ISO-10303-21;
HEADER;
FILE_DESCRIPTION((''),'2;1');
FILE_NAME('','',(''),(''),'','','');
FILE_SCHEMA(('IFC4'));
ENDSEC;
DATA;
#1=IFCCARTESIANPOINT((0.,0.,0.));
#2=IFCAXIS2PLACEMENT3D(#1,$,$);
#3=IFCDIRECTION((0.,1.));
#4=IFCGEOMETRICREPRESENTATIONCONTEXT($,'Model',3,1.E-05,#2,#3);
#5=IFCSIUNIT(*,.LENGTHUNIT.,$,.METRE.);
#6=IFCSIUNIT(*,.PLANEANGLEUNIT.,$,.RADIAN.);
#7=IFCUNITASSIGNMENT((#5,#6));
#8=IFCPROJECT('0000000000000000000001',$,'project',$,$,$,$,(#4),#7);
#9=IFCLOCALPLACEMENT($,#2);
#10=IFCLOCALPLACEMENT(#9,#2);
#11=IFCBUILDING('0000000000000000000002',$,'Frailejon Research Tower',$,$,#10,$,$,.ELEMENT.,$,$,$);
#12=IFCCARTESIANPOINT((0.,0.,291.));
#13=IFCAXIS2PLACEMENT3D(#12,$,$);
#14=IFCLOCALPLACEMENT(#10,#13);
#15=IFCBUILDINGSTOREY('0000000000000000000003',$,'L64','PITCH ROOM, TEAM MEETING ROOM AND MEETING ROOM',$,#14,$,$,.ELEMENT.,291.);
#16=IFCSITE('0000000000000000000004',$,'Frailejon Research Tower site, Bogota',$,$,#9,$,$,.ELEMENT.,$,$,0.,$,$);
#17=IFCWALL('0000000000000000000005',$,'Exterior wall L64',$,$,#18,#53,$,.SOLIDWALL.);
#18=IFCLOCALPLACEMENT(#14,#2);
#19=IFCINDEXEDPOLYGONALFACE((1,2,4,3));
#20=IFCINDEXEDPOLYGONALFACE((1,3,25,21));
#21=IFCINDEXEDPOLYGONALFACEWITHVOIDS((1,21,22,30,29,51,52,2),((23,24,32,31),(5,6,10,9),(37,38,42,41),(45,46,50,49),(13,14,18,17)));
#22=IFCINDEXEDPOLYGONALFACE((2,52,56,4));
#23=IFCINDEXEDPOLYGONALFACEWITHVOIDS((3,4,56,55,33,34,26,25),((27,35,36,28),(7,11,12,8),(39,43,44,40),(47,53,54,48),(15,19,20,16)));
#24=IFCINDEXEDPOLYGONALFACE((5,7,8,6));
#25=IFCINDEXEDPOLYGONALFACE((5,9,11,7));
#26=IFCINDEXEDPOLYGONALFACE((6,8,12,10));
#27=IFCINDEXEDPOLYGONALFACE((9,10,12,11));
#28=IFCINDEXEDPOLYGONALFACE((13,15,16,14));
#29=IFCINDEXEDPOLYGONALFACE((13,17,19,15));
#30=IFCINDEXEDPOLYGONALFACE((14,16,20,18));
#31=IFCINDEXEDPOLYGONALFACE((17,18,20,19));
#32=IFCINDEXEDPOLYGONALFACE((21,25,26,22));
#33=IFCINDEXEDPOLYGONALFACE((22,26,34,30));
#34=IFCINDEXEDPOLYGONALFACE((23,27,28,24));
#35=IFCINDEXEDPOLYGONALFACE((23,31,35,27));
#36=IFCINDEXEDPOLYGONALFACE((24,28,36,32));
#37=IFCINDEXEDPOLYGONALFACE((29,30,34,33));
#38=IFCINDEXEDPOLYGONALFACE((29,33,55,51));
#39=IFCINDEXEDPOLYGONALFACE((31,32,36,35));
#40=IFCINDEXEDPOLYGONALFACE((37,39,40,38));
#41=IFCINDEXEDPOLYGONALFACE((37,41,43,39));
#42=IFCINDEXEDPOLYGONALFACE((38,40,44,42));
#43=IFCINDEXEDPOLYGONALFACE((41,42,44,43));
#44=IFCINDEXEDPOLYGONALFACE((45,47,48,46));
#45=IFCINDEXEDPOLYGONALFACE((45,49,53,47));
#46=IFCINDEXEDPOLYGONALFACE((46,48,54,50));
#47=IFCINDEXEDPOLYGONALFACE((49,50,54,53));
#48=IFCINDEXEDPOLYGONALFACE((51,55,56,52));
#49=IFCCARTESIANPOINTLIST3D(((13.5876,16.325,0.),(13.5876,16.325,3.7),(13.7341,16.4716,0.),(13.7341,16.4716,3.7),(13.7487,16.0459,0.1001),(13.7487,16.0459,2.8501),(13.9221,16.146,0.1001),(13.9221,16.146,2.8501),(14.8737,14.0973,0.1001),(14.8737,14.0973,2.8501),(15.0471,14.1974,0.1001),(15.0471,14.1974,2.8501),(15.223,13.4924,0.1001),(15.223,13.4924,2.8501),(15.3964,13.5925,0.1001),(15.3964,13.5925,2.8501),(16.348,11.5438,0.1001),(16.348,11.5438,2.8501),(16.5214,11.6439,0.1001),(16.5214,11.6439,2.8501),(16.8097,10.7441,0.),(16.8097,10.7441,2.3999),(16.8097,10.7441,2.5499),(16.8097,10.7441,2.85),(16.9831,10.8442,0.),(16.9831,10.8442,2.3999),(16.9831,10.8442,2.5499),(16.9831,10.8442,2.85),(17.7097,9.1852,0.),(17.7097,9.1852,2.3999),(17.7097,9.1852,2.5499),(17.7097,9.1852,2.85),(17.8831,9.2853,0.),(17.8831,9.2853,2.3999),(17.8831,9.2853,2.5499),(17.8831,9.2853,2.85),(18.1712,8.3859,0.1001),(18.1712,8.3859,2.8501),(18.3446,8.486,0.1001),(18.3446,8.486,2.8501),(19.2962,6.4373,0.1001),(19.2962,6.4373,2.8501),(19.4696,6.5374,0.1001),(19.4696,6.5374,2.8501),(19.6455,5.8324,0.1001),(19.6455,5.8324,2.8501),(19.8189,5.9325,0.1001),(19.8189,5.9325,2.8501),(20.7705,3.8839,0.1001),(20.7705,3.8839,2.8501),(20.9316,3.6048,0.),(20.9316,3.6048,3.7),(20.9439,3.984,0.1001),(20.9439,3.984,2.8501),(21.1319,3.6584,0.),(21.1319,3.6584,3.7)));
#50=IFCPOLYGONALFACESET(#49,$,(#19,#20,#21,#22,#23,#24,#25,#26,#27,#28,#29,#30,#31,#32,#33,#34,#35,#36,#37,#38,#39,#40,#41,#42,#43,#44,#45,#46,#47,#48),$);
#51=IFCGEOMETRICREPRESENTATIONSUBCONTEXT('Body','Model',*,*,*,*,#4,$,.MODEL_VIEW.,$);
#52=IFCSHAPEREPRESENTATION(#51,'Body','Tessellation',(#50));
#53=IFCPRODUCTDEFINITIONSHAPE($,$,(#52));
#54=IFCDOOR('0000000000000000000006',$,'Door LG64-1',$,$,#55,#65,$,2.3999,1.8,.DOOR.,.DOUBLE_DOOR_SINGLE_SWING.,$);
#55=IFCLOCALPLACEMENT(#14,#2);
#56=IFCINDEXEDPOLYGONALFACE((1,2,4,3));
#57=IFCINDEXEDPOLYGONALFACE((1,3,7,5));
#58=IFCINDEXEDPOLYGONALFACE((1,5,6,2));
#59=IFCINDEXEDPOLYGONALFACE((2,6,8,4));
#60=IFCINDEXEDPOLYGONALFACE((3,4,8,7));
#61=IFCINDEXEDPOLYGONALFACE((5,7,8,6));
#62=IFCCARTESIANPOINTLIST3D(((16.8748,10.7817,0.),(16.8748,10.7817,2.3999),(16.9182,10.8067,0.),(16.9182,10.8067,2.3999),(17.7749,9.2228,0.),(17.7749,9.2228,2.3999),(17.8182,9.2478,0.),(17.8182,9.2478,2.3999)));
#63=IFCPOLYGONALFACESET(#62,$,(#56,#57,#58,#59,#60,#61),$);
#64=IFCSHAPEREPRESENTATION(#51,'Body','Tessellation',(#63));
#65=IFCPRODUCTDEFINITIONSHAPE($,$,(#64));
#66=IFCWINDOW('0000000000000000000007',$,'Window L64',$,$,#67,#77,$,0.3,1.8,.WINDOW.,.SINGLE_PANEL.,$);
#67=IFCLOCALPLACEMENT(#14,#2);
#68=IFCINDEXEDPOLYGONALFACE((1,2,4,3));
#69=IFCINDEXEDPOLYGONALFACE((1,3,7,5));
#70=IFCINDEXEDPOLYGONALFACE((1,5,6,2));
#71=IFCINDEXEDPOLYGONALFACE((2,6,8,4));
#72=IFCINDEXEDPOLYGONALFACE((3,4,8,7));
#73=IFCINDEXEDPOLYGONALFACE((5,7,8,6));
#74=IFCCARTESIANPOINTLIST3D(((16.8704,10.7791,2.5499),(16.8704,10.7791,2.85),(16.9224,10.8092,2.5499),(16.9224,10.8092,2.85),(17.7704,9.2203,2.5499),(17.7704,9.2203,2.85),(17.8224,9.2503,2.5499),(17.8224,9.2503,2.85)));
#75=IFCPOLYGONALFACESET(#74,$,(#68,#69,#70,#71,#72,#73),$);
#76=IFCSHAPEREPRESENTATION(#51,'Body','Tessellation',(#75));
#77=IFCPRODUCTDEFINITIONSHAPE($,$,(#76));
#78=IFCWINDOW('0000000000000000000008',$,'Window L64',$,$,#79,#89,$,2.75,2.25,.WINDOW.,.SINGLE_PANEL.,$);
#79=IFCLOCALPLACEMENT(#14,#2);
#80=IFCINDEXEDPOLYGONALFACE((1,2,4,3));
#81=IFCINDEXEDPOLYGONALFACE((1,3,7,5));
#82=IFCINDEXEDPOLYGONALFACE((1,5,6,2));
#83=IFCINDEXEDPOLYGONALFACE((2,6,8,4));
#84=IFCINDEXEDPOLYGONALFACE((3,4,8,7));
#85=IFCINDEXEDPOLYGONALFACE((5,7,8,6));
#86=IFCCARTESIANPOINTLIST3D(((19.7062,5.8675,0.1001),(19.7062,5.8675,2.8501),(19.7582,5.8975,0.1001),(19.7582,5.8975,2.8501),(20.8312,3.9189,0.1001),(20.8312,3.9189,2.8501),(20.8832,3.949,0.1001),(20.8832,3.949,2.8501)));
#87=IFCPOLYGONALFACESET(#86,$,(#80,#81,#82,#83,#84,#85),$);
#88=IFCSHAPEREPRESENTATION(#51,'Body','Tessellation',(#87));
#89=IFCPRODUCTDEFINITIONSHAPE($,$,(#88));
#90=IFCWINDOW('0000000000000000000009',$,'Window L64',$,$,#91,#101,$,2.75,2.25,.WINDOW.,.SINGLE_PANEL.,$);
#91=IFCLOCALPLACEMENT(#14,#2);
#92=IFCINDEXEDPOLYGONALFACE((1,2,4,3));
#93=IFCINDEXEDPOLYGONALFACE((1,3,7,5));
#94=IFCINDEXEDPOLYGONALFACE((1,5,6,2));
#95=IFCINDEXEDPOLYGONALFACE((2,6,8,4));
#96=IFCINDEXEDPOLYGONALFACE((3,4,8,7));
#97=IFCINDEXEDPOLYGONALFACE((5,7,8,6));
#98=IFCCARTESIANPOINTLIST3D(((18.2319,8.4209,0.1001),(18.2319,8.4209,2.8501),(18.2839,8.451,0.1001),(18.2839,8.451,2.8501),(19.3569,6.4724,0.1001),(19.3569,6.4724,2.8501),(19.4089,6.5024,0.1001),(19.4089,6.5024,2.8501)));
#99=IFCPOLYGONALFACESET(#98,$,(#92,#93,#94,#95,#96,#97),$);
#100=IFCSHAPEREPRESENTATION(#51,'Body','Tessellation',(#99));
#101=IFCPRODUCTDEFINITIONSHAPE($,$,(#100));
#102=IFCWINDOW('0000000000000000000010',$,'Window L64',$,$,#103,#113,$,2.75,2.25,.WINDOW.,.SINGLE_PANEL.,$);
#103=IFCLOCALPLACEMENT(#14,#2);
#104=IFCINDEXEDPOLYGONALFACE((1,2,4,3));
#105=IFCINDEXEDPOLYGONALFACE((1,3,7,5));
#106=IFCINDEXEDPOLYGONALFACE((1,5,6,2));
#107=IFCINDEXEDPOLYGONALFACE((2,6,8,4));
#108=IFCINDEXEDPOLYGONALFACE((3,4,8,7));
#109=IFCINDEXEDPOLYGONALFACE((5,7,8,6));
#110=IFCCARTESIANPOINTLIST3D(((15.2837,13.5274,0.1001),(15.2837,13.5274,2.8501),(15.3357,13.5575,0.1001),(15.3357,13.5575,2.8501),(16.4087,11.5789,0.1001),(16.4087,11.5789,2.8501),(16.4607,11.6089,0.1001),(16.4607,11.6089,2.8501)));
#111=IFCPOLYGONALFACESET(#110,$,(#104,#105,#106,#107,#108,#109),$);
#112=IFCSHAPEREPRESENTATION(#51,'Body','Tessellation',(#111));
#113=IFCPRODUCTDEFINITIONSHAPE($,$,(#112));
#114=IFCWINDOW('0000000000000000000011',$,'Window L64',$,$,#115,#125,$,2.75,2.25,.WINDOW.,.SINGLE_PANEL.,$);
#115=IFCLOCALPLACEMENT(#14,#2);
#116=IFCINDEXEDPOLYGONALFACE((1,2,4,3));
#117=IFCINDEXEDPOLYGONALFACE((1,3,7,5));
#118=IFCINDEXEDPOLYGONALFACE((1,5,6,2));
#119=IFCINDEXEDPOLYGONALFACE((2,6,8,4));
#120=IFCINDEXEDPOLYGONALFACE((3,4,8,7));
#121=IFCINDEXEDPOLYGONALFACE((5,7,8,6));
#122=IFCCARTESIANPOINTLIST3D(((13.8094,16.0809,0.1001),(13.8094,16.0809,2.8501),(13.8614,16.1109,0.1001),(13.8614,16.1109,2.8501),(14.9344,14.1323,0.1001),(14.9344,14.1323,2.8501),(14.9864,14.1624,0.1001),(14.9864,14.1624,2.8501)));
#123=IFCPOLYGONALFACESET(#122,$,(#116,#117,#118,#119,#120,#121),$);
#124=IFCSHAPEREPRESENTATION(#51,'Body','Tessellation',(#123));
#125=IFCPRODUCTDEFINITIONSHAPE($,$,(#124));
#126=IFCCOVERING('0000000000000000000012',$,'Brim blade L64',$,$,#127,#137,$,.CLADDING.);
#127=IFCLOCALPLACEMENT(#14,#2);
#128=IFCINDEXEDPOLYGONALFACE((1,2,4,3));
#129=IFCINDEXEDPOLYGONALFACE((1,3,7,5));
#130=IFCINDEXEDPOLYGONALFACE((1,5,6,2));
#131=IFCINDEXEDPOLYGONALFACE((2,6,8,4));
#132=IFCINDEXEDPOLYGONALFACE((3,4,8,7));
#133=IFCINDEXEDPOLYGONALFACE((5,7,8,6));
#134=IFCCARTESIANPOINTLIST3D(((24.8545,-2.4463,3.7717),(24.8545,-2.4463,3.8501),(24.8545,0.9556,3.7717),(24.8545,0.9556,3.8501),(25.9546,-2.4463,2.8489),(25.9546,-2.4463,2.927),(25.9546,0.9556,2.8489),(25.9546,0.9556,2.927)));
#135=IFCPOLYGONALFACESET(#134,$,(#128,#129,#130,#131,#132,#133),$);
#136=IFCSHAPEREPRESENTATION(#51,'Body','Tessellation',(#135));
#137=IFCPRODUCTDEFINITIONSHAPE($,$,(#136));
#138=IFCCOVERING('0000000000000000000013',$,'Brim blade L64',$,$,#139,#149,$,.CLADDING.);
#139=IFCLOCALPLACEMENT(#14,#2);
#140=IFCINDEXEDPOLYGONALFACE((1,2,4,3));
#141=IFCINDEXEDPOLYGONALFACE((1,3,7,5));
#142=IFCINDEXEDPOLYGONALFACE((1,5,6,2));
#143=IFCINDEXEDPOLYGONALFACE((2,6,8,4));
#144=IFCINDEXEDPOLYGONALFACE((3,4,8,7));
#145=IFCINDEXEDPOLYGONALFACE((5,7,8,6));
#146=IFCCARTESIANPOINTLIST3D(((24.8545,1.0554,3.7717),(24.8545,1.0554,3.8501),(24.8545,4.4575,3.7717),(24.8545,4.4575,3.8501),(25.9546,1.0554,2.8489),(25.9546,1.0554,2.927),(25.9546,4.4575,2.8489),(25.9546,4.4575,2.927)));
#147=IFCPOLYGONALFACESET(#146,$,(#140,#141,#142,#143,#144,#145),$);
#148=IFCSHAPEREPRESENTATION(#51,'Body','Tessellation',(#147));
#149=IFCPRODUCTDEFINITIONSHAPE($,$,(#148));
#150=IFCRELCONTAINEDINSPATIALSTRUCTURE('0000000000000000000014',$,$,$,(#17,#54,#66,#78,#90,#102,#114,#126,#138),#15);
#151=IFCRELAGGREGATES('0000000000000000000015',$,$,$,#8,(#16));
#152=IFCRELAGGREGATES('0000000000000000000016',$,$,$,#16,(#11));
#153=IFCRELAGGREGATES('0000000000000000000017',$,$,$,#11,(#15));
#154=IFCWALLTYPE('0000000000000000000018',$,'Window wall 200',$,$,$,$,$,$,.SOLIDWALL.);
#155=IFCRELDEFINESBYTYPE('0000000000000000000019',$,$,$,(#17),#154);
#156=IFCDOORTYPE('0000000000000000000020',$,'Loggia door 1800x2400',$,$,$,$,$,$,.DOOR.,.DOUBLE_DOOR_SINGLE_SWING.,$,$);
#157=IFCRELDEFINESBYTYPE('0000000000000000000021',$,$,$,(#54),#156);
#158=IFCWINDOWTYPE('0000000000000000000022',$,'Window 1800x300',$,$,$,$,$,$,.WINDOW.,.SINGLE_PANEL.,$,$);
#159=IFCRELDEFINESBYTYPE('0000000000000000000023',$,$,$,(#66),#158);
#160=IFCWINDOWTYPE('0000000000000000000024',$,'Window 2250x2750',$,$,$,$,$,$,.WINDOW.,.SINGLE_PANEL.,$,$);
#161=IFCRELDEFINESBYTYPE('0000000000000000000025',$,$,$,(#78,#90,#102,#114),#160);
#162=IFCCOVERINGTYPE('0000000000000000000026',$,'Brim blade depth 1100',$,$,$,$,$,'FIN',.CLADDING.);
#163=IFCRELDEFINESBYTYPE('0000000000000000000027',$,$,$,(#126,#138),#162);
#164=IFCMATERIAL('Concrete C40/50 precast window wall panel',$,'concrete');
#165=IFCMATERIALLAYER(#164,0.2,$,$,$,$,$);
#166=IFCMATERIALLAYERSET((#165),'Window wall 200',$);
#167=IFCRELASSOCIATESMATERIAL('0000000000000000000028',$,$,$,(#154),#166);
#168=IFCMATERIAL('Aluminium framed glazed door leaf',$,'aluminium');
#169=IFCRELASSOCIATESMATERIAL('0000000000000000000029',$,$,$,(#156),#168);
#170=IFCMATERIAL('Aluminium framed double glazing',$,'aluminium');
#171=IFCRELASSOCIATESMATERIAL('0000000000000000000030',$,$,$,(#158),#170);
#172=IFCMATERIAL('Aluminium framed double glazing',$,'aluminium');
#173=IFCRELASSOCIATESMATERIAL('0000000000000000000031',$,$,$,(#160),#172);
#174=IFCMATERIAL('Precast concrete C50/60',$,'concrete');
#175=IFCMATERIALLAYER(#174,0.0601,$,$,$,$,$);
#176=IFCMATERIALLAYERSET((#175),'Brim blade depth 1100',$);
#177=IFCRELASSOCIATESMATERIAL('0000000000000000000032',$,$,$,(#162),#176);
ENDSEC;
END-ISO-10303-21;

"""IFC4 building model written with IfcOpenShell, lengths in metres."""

from ifc_helpers import new_model, si_unit, direction, frame, frame_2d, origin, place, context, subcontext, project, spatial, polyline, rectangle, outline, extrude, material, layer, layer_set, type_object, element, fill, save


model = new_model("IFC4")

# Units and contexts
model_context = context("Model", 3, precision=1e-05, world=origin(), true_north=direction((0.0, 1.0)))
body_context = subcontext(model_context, "Body", "Model", "MODEL_VIEW")
ifc_project = project(units=[si_unit("LENGTHUNIT", "METRE"), si_unit("PLANEANGLEUNIT", "RADIAN")], contexts=[model_context])

# Site, building, storey
site_placement = place(None, origin())
site = spatial("IfcSite", under=ifc_project, at=site_placement, Name="Frailejon Research Tower site, Bogota", CompositionType="ELEMENT", RefElevation=0.0)
building_placement = place(site_placement, origin())
building = spatial("IfcBuilding", under=site, at=building_placement, Name="Frailejon Research Tower", CompositionType="ELEMENT")
storey_placement = place(building_placement, frame((0.0, 0.0, 291.0)))
storey = spatial("IfcBuildingStorey", under=building, at=storey_placement, Name="L64", Description="PITCH ROOM, TEAM MEETING ROOM AND MEETING ROOM", CompositionType="ELEMENT", Elevation=291.0)

# Wall, openings, door, windows
ifc_material_1 = material(Name="Concrete C40/50 precast window wall panel", Category="concrete")
ifc_layer_1 = layer(ifc_material_1, 0.2)
ifc_layer_set_1 = layer_set([ifc_layer_1], Name="Window wall 200")
wall_type = type_object("IfcWallType", Name="Window wall 200", PredefinedType="SOLIDWALL", material=ifc_layer_set_1)
wall_placement = place(storey_placement, frame((21.0317, 3.6316, 0.0), z_axis=(0.0, 0.0, 1.0), x_axis=(-0.500002, 0.866024, 0.0)))
wall = element("IfcWall", 1, at=wall_placement, inside=storey, type_object=wall_type, Name="Exterior wall L64", PredefinedType="SOLIDWALL", context=body_context, shape_type="SweptSolid", body=[
    extrude(outline(polyline([(-0.0269, -0.1001), (1.03, -0.1001), (2.0867, -0.1001), (3.1436, -0.1001), (4.2004, -0.1001), (5.2573, -0.1001), (6.314, -0.1001), (7.3708, -0.1001), (8.4277, -0.1001), (9.4844, -0.1001), (10.5413, -0.1001), (11.5981, -0.1001), (12.655, -0.1001), (13.7117, -0.1001), (14.7686, -0.1001), (14.7148, 0.1001), (13.6658, 0.1001), (12.6165, 0.1001), (11.5674, 0.1001), (10.5183, 0.1001), (9.4692, 0.1001), (8.4199, 0.1001), (7.3708, 0.1001), (6.3218, 0.1001), (5.2725, 0.1001), (4.2234, 0.1001), (3.1743, 0.1001), (2.1252, 0.1001), (1.0759, 0.1001), (0.0269, 0.1001), (-0.0269, -0.1001)])), origin(), (0.0, 0.0, 1.0), 3.7),
])
opening_1_placement = place(wall_placement, frame((0.3491, 0.0, 0.1001)))
opening_1 = element("IfcOpeningElement", 2, at=opening_1_placement, cuts=wall, PredefinedType="OPENING", context=body_context, shape_type="SweptSolid", body=[
    extrude(rectangle(XDim=2.25, YDim=2.75, at=frame_2d((1.125, 1.375))), frame((0.0, 0.1099, 0.0), z_axis=(0.0, -1.0, 0.0), x_axis=(1.0, 0.0, 0.0)), (0.0, 0.0, 1.0), 0.22),
])
opening_2_placement = place(wall_placement, frame((3.2976, 0.0, 0.1001)))
opening_2 = element("IfcOpeningElement", 3, at=opening_2_placement, cuts=wall, PredefinedType="OPENING", context=body_context, shape_type="SweptSolid", body=[
    extrude(rectangle(XDim=2.25, YDim=2.75, at=frame_2d((1.125, 1.375))), frame((0.0, 0.1099, 0.0), z_axis=(0.0, -1.0, 0.0), x_axis=(1.0, 0.0, 0.0)), (0.0, 0.0, 1.0), 0.22),
])
opening_3_placement = place(wall_placement, frame((6.4707, 0.0, 0.0)))
opening_3 = element("IfcOpeningElement", 4, at=opening_3_placement, cuts=wall, PredefinedType="OPENING", context=body_context, shape_type="SweptSolid", body=[
    extrude(rectangle(XDim=1.8, YDim=2.3999, at=frame_2d((0.8999, 1.2))), frame((0.0, 0.1099, 0.0), z_axis=(0.0, -1.0, 0.0), x_axis=(1.0, 0.0, 0.0)), (0.0, 0.0, 1.0), 0.22),
])
opening_4_placement = place(wall_placement, frame((6.4707, 0.0, 2.55)))
opening_4 = element("IfcOpeningElement", 5, at=opening_4_placement, cuts=wall, PredefinedType="OPENING", context=body_context, shape_type="SweptSolid", body=[
    extrude(rectangle(XDim=1.8, YDim=0.3, at=frame_2d((0.8999, 0.1499))), frame((0.0, 0.1099, 0.0), z_axis=(0.0, -1.0, 0.0), x_axis=(1.0, 0.0, 0.0)), (0.0, 0.0, 1.0), 0.22),
])
opening_5_placement = place(wall_placement, frame((9.1941, 0.0, 0.1001)))
opening_5 = element("IfcOpeningElement", 6, at=opening_5_placement, cuts=wall, PredefinedType="OPENING", context=body_context, shape_type="SweptSolid", body=[
    extrude(rectangle(XDim=2.25, YDim=2.75, at=frame_2d((1.125, 1.375))), frame((0.0, 0.1099, 0.0), z_axis=(0.0, -1.0, 0.0), x_axis=(1.0, 0.0, 0.0)), (0.0, 0.0, 1.0), 0.22),
])
opening_6_placement = place(wall_placement, frame((12.1426, 0.0, 0.1001)))
opening_6 = element("IfcOpeningElement", 7, at=opening_6_placement, cuts=wall, PredefinedType="OPENING", context=body_context, shape_type="SweptSolid", body=[
    extrude(rectangle(XDim=2.25, YDim=2.75, at=frame_2d((1.125, 1.375))), frame((0.0, 0.1099, 0.0), z_axis=(0.0, -1.0, 0.0), x_axis=(1.0, 0.0, 0.0)), (0.0, 0.0, 1.0), 0.22),
])
ifc_material_2 = material(Name="Aluminium framed glazed door leaf", Category="aluminium")
door_type = type_object("IfcDoorType", Name="Loggia door 1800x2400", OperationType="DOUBLE_DOOR_SINGLE_SWING", PredefinedType="DOOR", material=ifc_material_2)
door_placement = place(opening_3_placement, origin())
door = element("IfcDoor", 8, at=door_placement, inside=storey, type_object=door_type, Name="Door LG64-1", OperationType="DOUBLE_DOOR_SINGLE_SWING", OverallHeight=2.3999, OverallWidth=1.8, PredefinedType="DOOR", context=body_context, shape_type="SweptSolid", body=[
    extrude(rectangle(XDim=1.8, YDim=2.3999, at=frame_2d((0.8999, 1.2))), frame((0.0, 0.0249, 0.0), z_axis=(0.0, -1.0, 0.0), x_axis=(1.0, 0.0, 0.0)), (0.0, 0.0, 1.0), 0.05),
])
fill(opening_3, door)
ifc_material_3 = material(Name="Aluminium framed double glazing", Category="aluminium")
window_type_1 = type_object("IfcWindowType", Name="Window 1800x300", PartitioningType="SINGLE_PANEL", PredefinedType="WINDOW", material=ifc_material_3)
window_1_placement = place(opening_4_placement, origin())
window_1 = element("IfcWindow", 9, at=window_1_placement, inside=storey, type_object=window_type_1, Name="Window L64", OverallHeight=0.3, OverallWidth=1.8, PartitioningType="SINGLE_PANEL", PredefinedType="WINDOW", context=body_context, shape_type="SweptSolid", body=[
    extrude(rectangle(XDim=1.8, YDim=0.3, at=frame_2d((0.8999, 0.1499))), frame((0.0, 0.03, 0.0), z_axis=(0.0, -1.0, 0.0), x_axis=(1.0, 0.0, 0.0)), (0.0, 0.0, 1.0), 0.0601),
])
fill(opening_4, window_1)
ifc_material_4 = material(Name="Aluminium framed double glazing", Category="aluminium")
window_type_2 = type_object("IfcWindowType", Name="Window 2250x2750", PartitioningType="SINGLE_PANEL", PredefinedType="WINDOW", material=ifc_material_4)
window_2_placement = place(opening_1_placement, origin())
window_2 = element("IfcWindow", 10, at=window_2_placement, inside=storey, type_object=window_type_2, Name="Window L64", OverallHeight=2.75, OverallWidth=2.25, PartitioningType="SINGLE_PANEL", PredefinedType="WINDOW", context=body_context, shape_type="SweptSolid", body=[
    extrude(rectangle(XDim=2.25, YDim=2.75, at=frame_2d((1.125, 1.375))), frame((0.0, 0.03, 0.0), z_axis=(0.0, -1.0, 0.0), x_axis=(1.0, 0.0, 0.0)), (0.0, 0.0, 1.0), 0.0601),
])
fill(opening_1, window_2)
window_3_placement = place(opening_2_placement, origin())
window_3 = element("IfcWindow", 11, at=window_3_placement, inside=storey, type_object=window_type_2, Name="Window L64", OverallHeight=2.75, OverallWidth=2.25, PartitioningType="SINGLE_PANEL", PredefinedType="WINDOW", context=body_context, shape_type="SweptSolid", body=[
    extrude(rectangle(XDim=2.25, YDim=2.75, at=frame_2d((1.125, 1.375))), frame((0.0, 0.03, 0.0), z_axis=(0.0, -1.0, 0.0), x_axis=(1.0, 0.0, 0.0)), (0.0, 0.0, 1.0), 0.0601),
])
fill(opening_2, window_3)
window_4_placement = place(opening_5_placement, origin())
window_4 = element("IfcWindow", 12, at=window_4_placement, inside=storey, type_object=window_type_2, Name="Window L64", OverallHeight=2.75, OverallWidth=2.25, PartitioningType="SINGLE_PANEL", PredefinedType="WINDOW", context=body_context, shape_type="SweptSolid", body=[
    extrude(rectangle(XDim=2.25, YDim=2.75, at=frame_2d((1.125, 1.375))), frame((0.0, 0.03, 0.0), z_axis=(0.0, -1.0, 0.0), x_axis=(1.0, 0.0, 0.0)), (0.0, 0.0, 1.0), 0.0601),
])
fill(opening_5, window_4)
window_5_placement = place(opening_6_placement, origin())
window_5 = element("IfcWindow", 13, at=window_5_placement, inside=storey, type_object=window_type_2, Name="Window L64", OverallHeight=2.75, OverallWidth=2.25, PartitioningType="SINGLE_PANEL", PredefinedType="WINDOW", context=body_context, shape_type="SweptSolid", body=[
    extrude(rectangle(XDim=2.25, YDim=2.75, at=frame_2d((1.125, 1.375))), frame((0.0, 0.03, 0.0), z_axis=(0.0, -1.0, 0.0), x_axis=(1.0, 0.0, 0.0)), (0.0, 0.0, 1.0), 0.0601),
])
fill(opening_6, window_5)

# Coverings
ifc_material_5 = material(Name="Precast concrete C50/60", Category="concrete")
ifc_layer_2 = layer(ifc_material_5, 0.0601)
ifc_layer_set_2 = layer_set([ifc_layer_2], Name="Brim blade depth 1100")
covering_type_1 = type_object("IfcCoveringType", Name="Brim blade depth 1100", ElementType="FIN", PredefinedType="CLADDING", material=ifc_layer_set_2)
covering_1_placement = place(storey_placement, frame((24.8545, 0.9556, 3.8501), z_axis=(0.0, -1.0, 0.0), x_axis=(1.0, 0.0, 0.0)))
element("IfcCovering", 14, at=covering_1_placement, inside=storey, type_object=covering_type_1, Name="Brim blade L64", PredefinedType="CLADDING", context=body_context, shape_type="SweptSolid", body=[
    extrude(outline(polyline([(0.0, -0.0784), (1.1001, -1.0012), (1.1001, -0.9231), (0.0, 0.0), (0.0, -0.0784)])), origin(), (0.0, 0.0, 1.0), 3.4019),
])
covering_2_placement = place(storey_placement, frame((24.8545, 4.4575, 3.8501), z_axis=(0.0, -1.0, 0.0), x_axis=(1.0, 0.0, 0.0)))
element("IfcCovering", 15, at=covering_2_placement, inside=storey, type_object=covering_type_1, Name="Brim blade L64", PredefinedType="CLADDING", context=body_context, shape_type="SweptSolid", body=[
    extrude(outline(polyline([(0.0, -0.0784), (1.1001, -1.0012), (1.1001, -0.9231), (0.0, 0.0), (0.0, -0.0784)])), origin(), (0.0, 0.0, 1.0), 3.4021),
])

save(model, "model.ifc")
